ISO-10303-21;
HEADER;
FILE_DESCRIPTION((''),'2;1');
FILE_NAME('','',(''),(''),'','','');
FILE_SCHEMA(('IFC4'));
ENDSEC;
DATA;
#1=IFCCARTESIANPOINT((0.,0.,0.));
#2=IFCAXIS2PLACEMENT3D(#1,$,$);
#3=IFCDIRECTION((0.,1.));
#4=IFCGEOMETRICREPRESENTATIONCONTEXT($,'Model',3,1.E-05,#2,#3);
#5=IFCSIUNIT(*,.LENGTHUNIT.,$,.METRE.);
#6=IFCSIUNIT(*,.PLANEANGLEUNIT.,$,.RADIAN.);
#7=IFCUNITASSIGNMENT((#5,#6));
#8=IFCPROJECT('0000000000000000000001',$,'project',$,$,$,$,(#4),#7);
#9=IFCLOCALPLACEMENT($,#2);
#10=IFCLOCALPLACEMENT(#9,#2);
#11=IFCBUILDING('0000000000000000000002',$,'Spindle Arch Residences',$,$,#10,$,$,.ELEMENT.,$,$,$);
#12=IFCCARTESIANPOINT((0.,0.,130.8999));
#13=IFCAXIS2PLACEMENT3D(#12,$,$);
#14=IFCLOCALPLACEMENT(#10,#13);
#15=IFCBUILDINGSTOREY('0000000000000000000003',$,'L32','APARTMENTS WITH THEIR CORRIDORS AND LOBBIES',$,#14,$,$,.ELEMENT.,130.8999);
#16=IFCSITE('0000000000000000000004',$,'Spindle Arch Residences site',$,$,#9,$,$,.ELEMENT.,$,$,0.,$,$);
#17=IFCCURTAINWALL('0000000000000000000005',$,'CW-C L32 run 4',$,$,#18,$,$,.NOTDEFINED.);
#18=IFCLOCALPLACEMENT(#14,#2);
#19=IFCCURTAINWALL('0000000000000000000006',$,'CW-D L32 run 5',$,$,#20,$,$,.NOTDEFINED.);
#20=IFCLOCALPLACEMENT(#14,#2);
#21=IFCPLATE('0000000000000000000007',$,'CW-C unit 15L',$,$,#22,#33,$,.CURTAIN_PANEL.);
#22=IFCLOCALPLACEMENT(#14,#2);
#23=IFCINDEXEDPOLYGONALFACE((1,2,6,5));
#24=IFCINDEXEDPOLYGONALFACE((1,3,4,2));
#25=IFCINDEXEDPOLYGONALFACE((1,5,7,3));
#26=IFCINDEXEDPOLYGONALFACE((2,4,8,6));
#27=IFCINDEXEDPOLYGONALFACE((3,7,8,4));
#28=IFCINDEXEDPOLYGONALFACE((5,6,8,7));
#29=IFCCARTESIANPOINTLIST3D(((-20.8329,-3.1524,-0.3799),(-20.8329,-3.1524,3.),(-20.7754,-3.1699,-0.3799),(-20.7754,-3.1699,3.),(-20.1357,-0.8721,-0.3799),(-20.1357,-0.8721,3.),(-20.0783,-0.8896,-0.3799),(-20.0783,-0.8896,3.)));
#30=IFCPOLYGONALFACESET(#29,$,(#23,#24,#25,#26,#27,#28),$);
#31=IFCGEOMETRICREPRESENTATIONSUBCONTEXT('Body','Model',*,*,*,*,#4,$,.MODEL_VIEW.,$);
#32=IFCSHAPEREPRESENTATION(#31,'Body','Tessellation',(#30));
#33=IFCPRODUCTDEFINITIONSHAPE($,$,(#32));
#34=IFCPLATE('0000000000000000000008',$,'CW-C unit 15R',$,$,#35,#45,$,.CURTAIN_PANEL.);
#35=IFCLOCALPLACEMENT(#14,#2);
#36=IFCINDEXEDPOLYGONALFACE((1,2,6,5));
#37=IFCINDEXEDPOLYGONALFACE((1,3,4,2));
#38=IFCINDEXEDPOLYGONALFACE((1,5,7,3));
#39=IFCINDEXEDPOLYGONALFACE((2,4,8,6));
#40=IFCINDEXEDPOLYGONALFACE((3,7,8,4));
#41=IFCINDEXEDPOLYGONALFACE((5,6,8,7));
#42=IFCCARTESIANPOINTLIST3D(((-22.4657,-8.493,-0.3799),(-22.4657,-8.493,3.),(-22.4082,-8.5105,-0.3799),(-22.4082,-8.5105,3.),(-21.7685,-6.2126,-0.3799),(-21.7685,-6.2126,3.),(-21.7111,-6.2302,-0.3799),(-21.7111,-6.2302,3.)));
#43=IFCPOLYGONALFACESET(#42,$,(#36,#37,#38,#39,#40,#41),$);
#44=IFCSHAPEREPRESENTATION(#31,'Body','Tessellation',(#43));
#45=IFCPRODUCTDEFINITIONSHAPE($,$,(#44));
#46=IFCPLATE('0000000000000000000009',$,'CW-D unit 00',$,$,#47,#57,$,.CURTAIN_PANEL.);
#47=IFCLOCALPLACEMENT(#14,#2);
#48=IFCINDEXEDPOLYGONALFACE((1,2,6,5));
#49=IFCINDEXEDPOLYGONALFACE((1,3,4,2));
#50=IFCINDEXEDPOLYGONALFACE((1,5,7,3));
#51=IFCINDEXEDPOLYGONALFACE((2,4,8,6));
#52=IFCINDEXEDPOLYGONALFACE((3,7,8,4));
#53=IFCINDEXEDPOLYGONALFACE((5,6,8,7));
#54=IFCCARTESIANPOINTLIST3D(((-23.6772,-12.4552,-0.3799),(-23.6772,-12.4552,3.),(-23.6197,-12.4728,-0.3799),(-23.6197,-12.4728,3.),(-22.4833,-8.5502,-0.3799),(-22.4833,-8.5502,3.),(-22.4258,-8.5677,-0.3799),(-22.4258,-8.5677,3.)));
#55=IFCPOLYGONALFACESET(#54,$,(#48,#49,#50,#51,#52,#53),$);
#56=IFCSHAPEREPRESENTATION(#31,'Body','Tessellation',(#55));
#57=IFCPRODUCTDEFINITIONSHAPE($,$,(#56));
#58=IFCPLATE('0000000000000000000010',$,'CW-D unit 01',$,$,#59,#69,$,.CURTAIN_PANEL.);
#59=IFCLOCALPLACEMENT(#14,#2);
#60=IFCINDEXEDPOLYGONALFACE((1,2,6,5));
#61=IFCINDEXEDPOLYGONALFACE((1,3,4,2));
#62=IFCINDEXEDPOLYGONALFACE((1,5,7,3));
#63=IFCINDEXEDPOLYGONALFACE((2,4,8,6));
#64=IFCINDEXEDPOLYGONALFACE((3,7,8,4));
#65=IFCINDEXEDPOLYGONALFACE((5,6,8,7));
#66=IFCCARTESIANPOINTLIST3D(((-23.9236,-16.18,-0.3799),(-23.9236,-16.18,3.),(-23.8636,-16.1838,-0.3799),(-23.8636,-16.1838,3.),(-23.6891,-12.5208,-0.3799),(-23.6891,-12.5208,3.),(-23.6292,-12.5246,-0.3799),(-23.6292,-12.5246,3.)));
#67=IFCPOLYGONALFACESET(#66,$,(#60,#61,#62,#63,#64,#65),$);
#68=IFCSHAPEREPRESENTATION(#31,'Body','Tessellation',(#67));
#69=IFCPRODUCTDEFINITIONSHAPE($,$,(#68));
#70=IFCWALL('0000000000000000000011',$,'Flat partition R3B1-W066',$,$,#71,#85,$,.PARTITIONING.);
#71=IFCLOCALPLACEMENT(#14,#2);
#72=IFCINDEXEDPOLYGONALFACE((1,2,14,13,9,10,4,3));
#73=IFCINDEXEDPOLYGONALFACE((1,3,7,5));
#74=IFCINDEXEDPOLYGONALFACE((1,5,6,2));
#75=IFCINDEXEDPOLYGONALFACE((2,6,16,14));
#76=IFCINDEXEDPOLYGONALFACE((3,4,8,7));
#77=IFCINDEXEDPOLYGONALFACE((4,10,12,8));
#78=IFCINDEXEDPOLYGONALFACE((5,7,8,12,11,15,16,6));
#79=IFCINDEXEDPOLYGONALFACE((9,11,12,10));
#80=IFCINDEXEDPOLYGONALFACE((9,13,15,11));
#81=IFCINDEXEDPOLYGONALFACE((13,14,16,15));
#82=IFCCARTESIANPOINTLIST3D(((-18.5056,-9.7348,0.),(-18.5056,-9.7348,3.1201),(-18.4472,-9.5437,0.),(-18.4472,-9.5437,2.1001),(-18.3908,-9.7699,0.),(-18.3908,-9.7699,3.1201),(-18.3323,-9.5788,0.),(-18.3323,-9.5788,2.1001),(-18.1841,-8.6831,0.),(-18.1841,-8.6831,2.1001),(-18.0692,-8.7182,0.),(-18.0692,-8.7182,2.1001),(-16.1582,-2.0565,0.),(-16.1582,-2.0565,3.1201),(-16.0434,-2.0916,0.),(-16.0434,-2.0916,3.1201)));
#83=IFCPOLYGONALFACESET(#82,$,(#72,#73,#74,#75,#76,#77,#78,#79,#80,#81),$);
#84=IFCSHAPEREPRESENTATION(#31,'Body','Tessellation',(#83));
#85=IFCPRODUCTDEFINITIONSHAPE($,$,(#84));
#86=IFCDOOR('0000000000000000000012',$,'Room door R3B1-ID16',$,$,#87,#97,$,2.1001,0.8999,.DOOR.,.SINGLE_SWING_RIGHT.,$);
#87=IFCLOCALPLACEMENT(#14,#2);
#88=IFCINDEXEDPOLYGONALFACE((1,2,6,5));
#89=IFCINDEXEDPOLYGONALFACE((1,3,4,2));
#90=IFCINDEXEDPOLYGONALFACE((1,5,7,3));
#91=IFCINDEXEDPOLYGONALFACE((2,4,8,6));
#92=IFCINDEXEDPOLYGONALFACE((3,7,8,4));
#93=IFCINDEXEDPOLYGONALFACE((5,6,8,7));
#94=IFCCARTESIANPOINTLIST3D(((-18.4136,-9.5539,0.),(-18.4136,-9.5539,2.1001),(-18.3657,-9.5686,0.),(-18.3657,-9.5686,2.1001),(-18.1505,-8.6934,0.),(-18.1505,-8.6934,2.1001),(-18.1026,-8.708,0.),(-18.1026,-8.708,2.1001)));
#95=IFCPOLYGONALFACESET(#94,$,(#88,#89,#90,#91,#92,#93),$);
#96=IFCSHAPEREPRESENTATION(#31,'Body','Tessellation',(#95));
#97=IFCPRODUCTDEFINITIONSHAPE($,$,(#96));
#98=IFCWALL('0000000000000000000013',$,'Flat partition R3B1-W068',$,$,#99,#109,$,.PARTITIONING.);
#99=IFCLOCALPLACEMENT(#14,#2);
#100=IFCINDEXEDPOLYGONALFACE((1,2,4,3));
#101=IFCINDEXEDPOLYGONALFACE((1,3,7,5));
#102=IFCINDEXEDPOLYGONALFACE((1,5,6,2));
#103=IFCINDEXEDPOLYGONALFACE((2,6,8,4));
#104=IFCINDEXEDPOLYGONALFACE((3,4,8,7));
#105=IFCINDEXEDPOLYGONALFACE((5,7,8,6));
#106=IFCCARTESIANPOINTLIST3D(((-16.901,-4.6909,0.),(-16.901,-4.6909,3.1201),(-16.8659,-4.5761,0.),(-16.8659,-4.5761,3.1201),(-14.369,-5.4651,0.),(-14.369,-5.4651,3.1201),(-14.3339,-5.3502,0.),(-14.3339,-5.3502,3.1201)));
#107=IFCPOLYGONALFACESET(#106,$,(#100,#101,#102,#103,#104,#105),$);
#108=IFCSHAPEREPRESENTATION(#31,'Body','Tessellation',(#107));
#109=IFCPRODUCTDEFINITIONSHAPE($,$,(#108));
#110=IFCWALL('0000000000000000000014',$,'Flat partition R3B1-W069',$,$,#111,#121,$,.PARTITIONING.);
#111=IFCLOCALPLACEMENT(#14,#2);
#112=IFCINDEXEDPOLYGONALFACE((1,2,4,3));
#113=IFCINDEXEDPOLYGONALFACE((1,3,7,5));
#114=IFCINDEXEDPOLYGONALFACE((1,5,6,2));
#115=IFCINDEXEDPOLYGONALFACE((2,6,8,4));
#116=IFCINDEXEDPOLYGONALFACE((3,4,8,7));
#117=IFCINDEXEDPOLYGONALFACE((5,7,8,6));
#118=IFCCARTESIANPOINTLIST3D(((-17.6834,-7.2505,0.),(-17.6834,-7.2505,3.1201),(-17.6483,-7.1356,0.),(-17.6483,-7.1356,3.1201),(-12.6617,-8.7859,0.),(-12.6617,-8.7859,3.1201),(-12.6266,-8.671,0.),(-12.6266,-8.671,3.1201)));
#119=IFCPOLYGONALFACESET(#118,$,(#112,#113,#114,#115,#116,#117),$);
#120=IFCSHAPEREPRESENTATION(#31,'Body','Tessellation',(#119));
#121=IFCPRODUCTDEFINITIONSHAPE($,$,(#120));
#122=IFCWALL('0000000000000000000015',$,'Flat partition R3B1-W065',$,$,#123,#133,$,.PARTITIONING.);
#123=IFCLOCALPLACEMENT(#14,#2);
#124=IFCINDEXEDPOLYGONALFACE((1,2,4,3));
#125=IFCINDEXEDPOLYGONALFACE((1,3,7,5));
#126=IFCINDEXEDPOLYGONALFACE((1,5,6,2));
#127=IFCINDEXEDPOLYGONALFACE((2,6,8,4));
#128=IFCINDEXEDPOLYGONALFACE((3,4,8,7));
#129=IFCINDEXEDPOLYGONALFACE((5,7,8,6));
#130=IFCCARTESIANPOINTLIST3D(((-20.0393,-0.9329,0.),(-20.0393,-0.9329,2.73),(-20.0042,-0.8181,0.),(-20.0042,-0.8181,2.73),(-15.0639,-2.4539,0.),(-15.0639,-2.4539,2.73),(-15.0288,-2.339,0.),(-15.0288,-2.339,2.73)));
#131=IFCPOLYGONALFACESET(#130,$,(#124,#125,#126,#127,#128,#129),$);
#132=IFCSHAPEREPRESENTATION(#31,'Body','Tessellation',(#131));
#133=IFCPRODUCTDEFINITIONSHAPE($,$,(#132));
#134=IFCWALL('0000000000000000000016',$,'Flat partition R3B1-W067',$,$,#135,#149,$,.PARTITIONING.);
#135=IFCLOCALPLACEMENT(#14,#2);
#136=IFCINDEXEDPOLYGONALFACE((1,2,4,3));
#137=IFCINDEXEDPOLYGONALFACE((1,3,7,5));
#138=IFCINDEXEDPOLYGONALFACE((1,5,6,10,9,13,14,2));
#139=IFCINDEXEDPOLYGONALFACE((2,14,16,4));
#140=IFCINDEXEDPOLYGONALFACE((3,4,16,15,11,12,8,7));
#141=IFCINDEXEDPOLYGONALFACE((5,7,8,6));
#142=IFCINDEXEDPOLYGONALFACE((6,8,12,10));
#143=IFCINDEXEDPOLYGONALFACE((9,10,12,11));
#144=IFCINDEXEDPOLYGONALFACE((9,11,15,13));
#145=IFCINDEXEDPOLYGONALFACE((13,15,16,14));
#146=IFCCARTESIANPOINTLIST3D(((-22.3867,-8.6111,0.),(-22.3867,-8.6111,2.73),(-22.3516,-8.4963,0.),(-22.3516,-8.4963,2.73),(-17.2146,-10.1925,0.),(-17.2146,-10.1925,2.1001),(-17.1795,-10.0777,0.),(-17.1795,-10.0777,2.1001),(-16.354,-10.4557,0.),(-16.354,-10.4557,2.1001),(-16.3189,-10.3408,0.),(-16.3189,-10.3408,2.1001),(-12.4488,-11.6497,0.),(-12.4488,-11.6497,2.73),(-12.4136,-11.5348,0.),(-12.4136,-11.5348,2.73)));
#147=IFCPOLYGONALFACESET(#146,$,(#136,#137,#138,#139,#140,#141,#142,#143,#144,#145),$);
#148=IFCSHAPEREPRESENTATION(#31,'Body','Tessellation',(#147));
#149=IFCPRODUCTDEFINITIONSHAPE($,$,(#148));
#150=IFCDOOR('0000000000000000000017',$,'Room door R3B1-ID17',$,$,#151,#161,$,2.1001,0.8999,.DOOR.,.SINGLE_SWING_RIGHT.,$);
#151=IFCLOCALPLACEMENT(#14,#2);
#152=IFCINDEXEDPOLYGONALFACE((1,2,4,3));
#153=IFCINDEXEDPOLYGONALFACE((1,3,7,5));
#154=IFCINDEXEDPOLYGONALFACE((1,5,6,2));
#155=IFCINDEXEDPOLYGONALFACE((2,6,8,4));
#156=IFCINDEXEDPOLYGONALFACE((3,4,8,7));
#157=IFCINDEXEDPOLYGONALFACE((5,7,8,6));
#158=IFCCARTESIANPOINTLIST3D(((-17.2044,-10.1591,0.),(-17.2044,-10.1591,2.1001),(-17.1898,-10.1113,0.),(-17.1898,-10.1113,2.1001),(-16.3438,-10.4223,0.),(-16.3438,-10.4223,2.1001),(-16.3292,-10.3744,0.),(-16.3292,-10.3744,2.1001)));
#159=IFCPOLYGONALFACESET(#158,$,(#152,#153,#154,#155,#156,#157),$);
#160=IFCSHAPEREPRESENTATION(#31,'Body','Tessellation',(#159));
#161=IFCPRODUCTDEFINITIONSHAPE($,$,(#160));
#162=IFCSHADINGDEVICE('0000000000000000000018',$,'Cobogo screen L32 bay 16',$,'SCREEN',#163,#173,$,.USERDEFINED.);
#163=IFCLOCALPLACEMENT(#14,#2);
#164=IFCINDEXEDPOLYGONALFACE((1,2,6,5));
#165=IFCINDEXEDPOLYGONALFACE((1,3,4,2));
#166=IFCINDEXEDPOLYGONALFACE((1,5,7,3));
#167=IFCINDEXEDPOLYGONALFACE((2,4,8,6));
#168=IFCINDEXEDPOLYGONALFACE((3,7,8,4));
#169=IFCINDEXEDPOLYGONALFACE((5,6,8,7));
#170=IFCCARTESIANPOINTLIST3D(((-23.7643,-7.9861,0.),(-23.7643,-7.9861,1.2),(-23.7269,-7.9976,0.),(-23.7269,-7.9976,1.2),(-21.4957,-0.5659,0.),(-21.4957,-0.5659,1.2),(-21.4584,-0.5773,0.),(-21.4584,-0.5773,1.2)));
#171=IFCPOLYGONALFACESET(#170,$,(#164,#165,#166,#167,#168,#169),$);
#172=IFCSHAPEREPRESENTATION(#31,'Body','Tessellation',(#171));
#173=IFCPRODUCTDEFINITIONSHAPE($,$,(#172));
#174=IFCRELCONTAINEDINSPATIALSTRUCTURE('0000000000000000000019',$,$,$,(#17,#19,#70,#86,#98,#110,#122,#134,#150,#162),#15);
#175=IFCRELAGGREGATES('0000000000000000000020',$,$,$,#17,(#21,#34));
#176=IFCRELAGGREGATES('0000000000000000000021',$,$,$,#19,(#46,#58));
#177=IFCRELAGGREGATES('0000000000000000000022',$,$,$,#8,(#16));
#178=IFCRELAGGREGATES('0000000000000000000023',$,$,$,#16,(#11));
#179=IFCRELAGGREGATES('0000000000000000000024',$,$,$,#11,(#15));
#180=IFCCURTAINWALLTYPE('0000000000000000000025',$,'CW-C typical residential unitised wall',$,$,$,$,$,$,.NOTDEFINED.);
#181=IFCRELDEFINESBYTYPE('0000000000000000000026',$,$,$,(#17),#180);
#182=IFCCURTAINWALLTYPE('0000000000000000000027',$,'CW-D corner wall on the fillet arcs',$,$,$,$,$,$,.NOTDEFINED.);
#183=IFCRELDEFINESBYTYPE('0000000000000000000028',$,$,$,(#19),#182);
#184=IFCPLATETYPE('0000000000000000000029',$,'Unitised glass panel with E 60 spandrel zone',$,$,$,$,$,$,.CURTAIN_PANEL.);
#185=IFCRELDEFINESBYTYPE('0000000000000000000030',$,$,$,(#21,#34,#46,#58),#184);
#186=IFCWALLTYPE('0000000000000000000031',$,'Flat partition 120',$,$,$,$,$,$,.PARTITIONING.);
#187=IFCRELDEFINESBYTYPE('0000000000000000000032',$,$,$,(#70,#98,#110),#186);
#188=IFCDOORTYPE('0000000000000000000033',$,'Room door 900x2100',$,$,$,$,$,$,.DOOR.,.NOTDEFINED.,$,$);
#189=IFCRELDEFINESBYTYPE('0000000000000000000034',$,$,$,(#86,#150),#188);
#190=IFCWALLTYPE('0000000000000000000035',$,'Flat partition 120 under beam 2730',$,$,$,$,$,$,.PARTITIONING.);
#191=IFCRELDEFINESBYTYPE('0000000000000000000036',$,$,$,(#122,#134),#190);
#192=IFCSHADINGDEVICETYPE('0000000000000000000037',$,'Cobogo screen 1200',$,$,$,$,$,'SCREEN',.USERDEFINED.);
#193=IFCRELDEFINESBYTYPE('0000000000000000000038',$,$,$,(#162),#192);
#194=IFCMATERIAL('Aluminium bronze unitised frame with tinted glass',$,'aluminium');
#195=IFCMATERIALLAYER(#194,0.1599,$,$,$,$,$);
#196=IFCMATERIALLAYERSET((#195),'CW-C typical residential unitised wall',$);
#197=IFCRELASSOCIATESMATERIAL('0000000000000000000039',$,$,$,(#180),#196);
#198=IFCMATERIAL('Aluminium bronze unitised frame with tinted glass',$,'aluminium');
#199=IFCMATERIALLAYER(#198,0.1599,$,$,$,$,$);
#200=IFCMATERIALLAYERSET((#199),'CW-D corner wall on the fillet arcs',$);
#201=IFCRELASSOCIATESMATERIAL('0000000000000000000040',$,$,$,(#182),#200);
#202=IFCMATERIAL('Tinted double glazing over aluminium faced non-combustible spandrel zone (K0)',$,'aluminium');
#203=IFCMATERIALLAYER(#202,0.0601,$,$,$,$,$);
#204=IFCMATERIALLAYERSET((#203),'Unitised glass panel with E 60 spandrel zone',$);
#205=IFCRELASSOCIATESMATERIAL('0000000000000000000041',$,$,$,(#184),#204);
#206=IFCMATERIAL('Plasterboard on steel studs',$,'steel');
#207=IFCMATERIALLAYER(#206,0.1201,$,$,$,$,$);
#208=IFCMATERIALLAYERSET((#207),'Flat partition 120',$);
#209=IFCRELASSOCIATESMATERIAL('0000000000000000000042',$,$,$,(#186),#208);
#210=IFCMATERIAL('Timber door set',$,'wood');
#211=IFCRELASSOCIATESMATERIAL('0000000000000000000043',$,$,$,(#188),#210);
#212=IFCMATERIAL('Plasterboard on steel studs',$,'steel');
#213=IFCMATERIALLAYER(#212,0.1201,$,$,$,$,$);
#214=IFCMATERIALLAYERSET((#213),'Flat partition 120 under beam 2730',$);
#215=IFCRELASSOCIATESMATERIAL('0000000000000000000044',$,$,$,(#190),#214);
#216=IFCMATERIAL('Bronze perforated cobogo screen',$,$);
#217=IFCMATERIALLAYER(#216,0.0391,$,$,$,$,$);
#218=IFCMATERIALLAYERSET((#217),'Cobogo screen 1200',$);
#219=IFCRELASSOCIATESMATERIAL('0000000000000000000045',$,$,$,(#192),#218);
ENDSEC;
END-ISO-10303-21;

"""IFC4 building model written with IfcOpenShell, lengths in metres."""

from ifc_helpers import new_model, si_unit, direction, frame, frame_2d, origin, origin_2d, place, context, subcontext, project, spatial, rectangle, extrude, material, layer, layer_set, type_object, element, fill, aggregate, save


model = new_model("IFC4")

# Units and contexts
model_context = context("Model", 3, precision=1e-05, world=origin(), true_north=direction((0.0, 1.0)))
body_context = subcontext(model_context, "Body", "Model", "MODEL_VIEW")
ifc_project = project(units=[si_unit("LENGTHUNIT", "METRE"), si_unit("PLANEANGLEUNIT", "RADIAN")], contexts=[model_context])

# Site, building, storey
site_placement = place(None, origin())
site = spatial("IfcSite", under=ifc_project, at=site_placement, Name="Spindle Arch Residences site", CompositionType="ELEMENT", RefElevation=0.0)
building_placement = place(site_placement, origin())
building = spatial("IfcBuilding", under=site, at=building_placement, Name="Spindle Arch Residences", CompositionType="ELEMENT")
storey_placement = place(building_placement, frame((0.0, 0.0, 130.8999)))
storey = spatial("IfcBuildingStorey", under=building, at=storey_placement, Name="L32", Description="APARTMENTS WITH THEIR CORRIDORS AND LOBBIES", CompositionType="ELEMENT", Elevation=130.8999)

# Curtain wall
ifc_material_1 = material(Name="Aluminium bronze unitised frame with tinted glass", Category="aluminium")
ifc_layer_1 = layer(ifc_material_1, 0.1599)
ifc_layer_set_1 = layer_set([ifc_layer_1], Name="CW-C typical residential unitised wall")
curtain_wall_type_1 = type_object("IfcCurtainWallType", Name="CW-C typical residential unitised wall", PredefinedType="NOTDEFINED", material=ifc_layer_set_1)
curtain_wall_1_placement = place(storey_placement, origin())
curtain_wall_1 = element("IfcCurtainWall", 1, at=curtain_wall_1_placement, inside=storey, type_object=curtain_wall_type_1, Name="CW-C L32 run 4", PredefinedType="NOTDEFINED")

# Curtain wall
ifc_material_2 = material(Name="Aluminium bronze unitised frame with tinted glass", Category="aluminium")
ifc_layer_2 = layer(ifc_material_2, 0.1599)
ifc_layer_set_2 = layer_set([ifc_layer_2], Name="CW-D corner wall on the fillet arcs")
curtain_wall_type_2 = type_object("IfcCurtainWallType", Name="CW-D corner wall on the fillet arcs", PredefinedType="NOTDEFINED", material=ifc_layer_set_2)
curtain_wall_2_placement = place(storey_placement, origin())
curtain_wall_2 = element("IfcCurtainWall", 2, at=curtain_wall_2_placement, inside=storey, type_object=curtain_wall_type_2, Name="CW-D L32 run 5", PredefinedType="NOTDEFINED")

# Plates
ifc_material_3 = material(Name="Tinted double glazing over aluminium faced non-combustible spandrel zone (K0)", Category="aluminium")
ifc_layer_3 = layer(ifc_material_3, 0.0601)
ifc_layer_set_3 = layer_set([ifc_layer_3], Name="Unitised glass panel with E 60 spandrel zone")
plate_type = type_object("IfcPlateType", Name="Unitised glass panel with E 60 spandrel zone", PredefinedType="CURTAIN_PANEL", material=ifc_layer_set_3)
plate_1_placement = place(storey_placement, frame((-20.4556, -2.021, -0.3799), z_axis=(0.0, 0.0, 1.0), x_axis=(-0.292372, -0.956305, 0.0)))
plate_1 = element("IfcPlate", 3, at=plate_1_placement, type_object=plate_type, Name="CW-C unit 15L", PredefinedType="CURTAIN_PANEL", context=body_context, shape_type="SweptSolid", body=[
    extrude(rectangle(XDim=2.3845, YDim=0.0601, at=origin_2d()), origin(), (0.0, 0.0, 1.0), 3.3799),
])
plate_2_placement = place(storey_placement, frame((-22.0884, -7.3616, -0.3799), z_axis=(0.0, 0.0, 1.0), x_axis=(-0.292372, -0.956305, 0.0)))
plate_2 = element("IfcPlate", 4, at=plate_2_placement, type_object=plate_type, Name="CW-C unit 15R", PredefinedType="CURTAIN_PANEL", context=body_context, shape_type="SweptSolid", body=[
    extrude(rectangle(XDim=2.3845, YDim=0.0601, at=origin_2d()), origin(), (0.0, 0.0, 1.0), 3.3799),
])
aggregate(curtain_wall_1, [plate_1, plate_2])
plate_3_placement = place(storey_placement, frame((-23.0515, -10.5115, -0.3799), z_axis=(0.0, 0.0, 1.0), x_axis=(-0.292372, -0.956305, 0.0)))
plate_3 = element("IfcPlate", 5, at=plate_3_placement, type_object=plate_type, Name="CW-D unit 00", PredefinedType="CURTAIN_PANEL", context=body_context, shape_type="SweptSolid", body=[
    extrude(rectangle(XDim=4.0835, YDim=0.0601, at=origin_2d()), origin(), (0.0, 0.0, 1.0), 3.3799),
])
plate_4_placement = place(storey_placement, frame((-23.7764, -14.3523, -0.3799), z_axis=(0.0, 0.0, 1.0), x_axis=(-0.063952, -0.997953, 0.0)))
plate_4 = element("IfcPlate", 6, at=plate_4_placement, type_object=plate_type, Name="CW-D unit 01", PredefinedType="CURTAIN_PANEL", context=body_context, shape_type="SweptSolid", body=[
    extrude(rectangle(XDim=3.6667, YDim=0.0601, at=origin_2d()), origin(), (0.0, 0.0, 1.0), 3.3799),
])
aggregate(curtain_wall_2, [plate_3, plate_4])

# Wall, opening, door
ifc_material_4 = material(Name="Plasterboard on steel studs", Category="steel")
ifc_layer_4 = layer(ifc_material_4, 0.1201)
ifc_layer_set_4 = layer_set([ifc_layer_4], Name="Flat partition 120")
wall_type_1 = type_object("IfcWallType", Name="Flat partition 120", PredefinedType="PARTITIONING", material=ifc_layer_set_4)
wall_1_placement = place(storey_placement, frame((-18.4482, -9.7524, 0.0), z_axis=(0.0, 0.0, 1.0), x_axis=(0.292365, 0.956307, 0.0)))
wall_1 = element("IfcWall", 7, at=wall_1_placement, inside=storey, type_object=wall_type_1, Name="Flat partition R3B1-W066", PredefinedType="PARTITIONING", context=body_context, shape_type="SweptSolid", body=[
    extrude(rectangle(XDim=8.0291, YDim=0.1201, at=frame_2d((4.0146, 0.0))), origin(), (0.0, 0.0, 1.0), 3.1201),
])
opening_1_placement = place(wall_1_placement, frame((0.2, 0.0, 0.0)))
opening_1 = element("IfcOpeningElement", 8, at=opening_1_placement, cuts=wall_1, PredefinedType="OPENING", context=body_context, shape_type="SweptSolid", body=[
    extrude(rectangle(XDim=0.8999, YDim=2.1001, at=frame_2d((0.45, 1.05))), frame((0.0, 0.0701, 0.0), z_axis=(0.0, -1.0, 0.0), x_axis=(1.0, 0.0, 0.0)), (0.0, 0.0, 1.0), 0.1401),
])
ifc_material_5 = material(Name="Timber door set", Category="wood")
door_type_1 = type_object("IfcDoorType", Name="Room door 900x2100", OperationType="NOTDEFINED", PredefinedType="DOOR", material=ifc_material_5)
door_1_placement = place(opening_1_placement, origin())
door_1 = element("IfcDoor", 9, at=door_1_placement, inside=storey, type_object=door_type_1, Name="Room door R3B1-ID16", OperationType="SINGLE_SWING_RIGHT", OverallHeight=2.1001, OverallWidth=0.8999, PredefinedType="DOOR", context=body_context, shape_type="SweptSolid", body=[
    extrude(rectangle(XDim=0.8999, YDim=2.1001, at=frame_2d((0.45, 1.05))), frame((0.0, 0.0249, 0.0), z_axis=(0.0, -1.0, 0.0), x_axis=(1.0, 0.0, 0.0)), (0.0, 0.0, 1.0), 0.05),
])
fill(opening_1, door_1)

# Walls
wall_2_placement = place(storey_placement, frame((-16.8833, -4.6335, 0.0), z_axis=(0.0, 0.0, 1.0), x_axis=(0.956298, -0.292394, 0.0)))
element("IfcWall", 10, at=wall_2_placement, inside=storey, type_object=wall_type_1, Name="Flat partition R3B1-W068", PredefinedType="PARTITIONING", context=body_context, shape_type="SweptSolid", body=[
    extrude(rectangle(XDim=2.6477, YDim=0.1201, at=frame_2d((1.3237, 0.0))), origin(), (0.0, 0.0, 1.0), 3.1201),
])
wall_3_placement = place(storey_placement, frame((-17.6658, -7.1931, 0.0), z_axis=(0.0, 0.0, 1.0), x_axis=(0.956299, -0.29239, 0.0)))
element("IfcWall", 11, at=wall_3_placement, inside=storey, type_object=wall_type_1, Name="Flat partition R3B1-W069", PredefinedType="PARTITIONING", context=body_context, shape_type="SweptSolid", body=[
    extrude(rectangle(XDim=5.2512, YDim=0.1201, at=frame_2d((2.6255, 0.0))), origin(), (0.0, 0.0, 1.0), 3.1201),
])
ifc_material_6 = material(Name="Plasterboard on steel studs", Category="steel")
ifc_layer_5 = layer(ifc_material_6, 0.1201)
ifc_layer_set_5 = layer_set([ifc_layer_5], Name="Flat partition 120 under beam 2730")
wall_type_2 = type_object("IfcWallType", Name="Flat partition 120 under beam 2730", PredefinedType="PARTITIONING", material=ifc_layer_set_5)
wall_4_placement = place(storey_placement, frame((-20.0217, -0.8755, 0.0), z_axis=(0.0, 0.0, 1.0), x_axis=(0.956311, -0.292351, 0.0)))
element("IfcWall", 12, at=wall_4_placement, inside=storey, type_object=wall_type_2, Name="Flat partition R3B1-W065", PredefinedType="PARTITIONING", context=body_context, shape_type="SweptSolid", body=[
    extrude(rectangle(XDim=5.2026, YDim=0.1201, at=frame_2d((2.6013, 0.0))), origin(), (0.0, 0.0, 1.0), 2.73),
])

# Wall, opening, door
wall_5_placement = place(storey_placement, frame((-22.3691, -8.5537, 0.0), z_axis=(0.0, 0.0, 1.0), x_axis=(0.956299, -0.292392, 0.0)))
wall_5 = element("IfcWall", 13, at=wall_5_placement, inside=storey, type_object=wall_type_2, Name="Flat partition R3B1-W067", PredefinedType="PARTITIONING", context=body_context, shape_type="SweptSolid", body=[
    extrude(rectangle(XDim=10.3921, YDim=0.1201, at=frame_2d((5.196, 0.0))), origin(), (0.0, 0.0, 1.0), 2.73),
])
opening_2_placement = place(wall_5_placement, frame((5.4084, 0.0, 0.0)))
opening_2 = element("IfcOpeningElement", 14, at=opening_2_placement, cuts=wall_5, PredefinedType="OPENING", context=body_context, shape_type="SweptSolid", body=[
    extrude(rectangle(XDim=0.8999, YDim=2.1001, at=frame_2d((0.45, 1.05))), frame((0.0, 0.0701, 0.0), z_axis=(0.0, -1.0, 0.0), x_axis=(1.0, 0.0, 0.0)), (0.0, 0.0, 1.0), 0.1401),
])
door_2_placement = place(opening_2_placement, origin())
door_2 = element("IfcDoor", 15, at=door_2_placement, inside=storey, type_object=door_type_1, Name="Room door R3B1-ID17", OperationType="SINGLE_SWING_RIGHT", OverallHeight=2.1001, OverallWidth=0.8999, PredefinedType="DOOR", context=body_context, shape_type="SweptSolid", body=[
    extrude(rectangle(XDim=0.8999, YDim=2.1001, at=frame_2d((0.45, 1.05))), frame((0.0, 0.0249, 0.0), z_axis=(0.0, -1.0, 0.0), x_axis=(1.0, 0.0, 0.0)), (0.0, 0.0, 1.0), 0.05),
])
fill(opening_2, door_2)

# Shading device
ifc_material_7 = material(Name="Bronze perforated cobogo screen")
ifc_layer_6 = layer(ifc_material_7, 0.0391)
ifc_layer_set_6 = layer_set([ifc_layer_6], Name="Cobogo screen 1200")
shading_device_type = type_object("IfcShadingDeviceType", Name="Cobogo screen 1200", ElementType="SCREEN", PredefinedType="USERDEFINED", material=ifc_layer_set_6)
shading_device_placement = place(storey_placement, frame((-22.6113, -4.2817, 0.0), z_axis=(0.0, 0.0, 1.0), x_axis=(-0.292372, -0.956305, 0.0)))
element("IfcShadingDevice", 16, at=shading_device_placement, inside=storey, type_object=shading_device_type, Name="Cobogo screen L32 bay 16", ObjectType="SCREEN", PredefinedType="USERDEFINED", context=body_context, shape_type="SweptSolid", body=[
    extrude(rectangle(XDim=7.7593, YDim=0.0391, at=origin_2d()), origin(), (0.0, 0.0, 1.0), 1.2),
])

save(model, "model.ifc")
